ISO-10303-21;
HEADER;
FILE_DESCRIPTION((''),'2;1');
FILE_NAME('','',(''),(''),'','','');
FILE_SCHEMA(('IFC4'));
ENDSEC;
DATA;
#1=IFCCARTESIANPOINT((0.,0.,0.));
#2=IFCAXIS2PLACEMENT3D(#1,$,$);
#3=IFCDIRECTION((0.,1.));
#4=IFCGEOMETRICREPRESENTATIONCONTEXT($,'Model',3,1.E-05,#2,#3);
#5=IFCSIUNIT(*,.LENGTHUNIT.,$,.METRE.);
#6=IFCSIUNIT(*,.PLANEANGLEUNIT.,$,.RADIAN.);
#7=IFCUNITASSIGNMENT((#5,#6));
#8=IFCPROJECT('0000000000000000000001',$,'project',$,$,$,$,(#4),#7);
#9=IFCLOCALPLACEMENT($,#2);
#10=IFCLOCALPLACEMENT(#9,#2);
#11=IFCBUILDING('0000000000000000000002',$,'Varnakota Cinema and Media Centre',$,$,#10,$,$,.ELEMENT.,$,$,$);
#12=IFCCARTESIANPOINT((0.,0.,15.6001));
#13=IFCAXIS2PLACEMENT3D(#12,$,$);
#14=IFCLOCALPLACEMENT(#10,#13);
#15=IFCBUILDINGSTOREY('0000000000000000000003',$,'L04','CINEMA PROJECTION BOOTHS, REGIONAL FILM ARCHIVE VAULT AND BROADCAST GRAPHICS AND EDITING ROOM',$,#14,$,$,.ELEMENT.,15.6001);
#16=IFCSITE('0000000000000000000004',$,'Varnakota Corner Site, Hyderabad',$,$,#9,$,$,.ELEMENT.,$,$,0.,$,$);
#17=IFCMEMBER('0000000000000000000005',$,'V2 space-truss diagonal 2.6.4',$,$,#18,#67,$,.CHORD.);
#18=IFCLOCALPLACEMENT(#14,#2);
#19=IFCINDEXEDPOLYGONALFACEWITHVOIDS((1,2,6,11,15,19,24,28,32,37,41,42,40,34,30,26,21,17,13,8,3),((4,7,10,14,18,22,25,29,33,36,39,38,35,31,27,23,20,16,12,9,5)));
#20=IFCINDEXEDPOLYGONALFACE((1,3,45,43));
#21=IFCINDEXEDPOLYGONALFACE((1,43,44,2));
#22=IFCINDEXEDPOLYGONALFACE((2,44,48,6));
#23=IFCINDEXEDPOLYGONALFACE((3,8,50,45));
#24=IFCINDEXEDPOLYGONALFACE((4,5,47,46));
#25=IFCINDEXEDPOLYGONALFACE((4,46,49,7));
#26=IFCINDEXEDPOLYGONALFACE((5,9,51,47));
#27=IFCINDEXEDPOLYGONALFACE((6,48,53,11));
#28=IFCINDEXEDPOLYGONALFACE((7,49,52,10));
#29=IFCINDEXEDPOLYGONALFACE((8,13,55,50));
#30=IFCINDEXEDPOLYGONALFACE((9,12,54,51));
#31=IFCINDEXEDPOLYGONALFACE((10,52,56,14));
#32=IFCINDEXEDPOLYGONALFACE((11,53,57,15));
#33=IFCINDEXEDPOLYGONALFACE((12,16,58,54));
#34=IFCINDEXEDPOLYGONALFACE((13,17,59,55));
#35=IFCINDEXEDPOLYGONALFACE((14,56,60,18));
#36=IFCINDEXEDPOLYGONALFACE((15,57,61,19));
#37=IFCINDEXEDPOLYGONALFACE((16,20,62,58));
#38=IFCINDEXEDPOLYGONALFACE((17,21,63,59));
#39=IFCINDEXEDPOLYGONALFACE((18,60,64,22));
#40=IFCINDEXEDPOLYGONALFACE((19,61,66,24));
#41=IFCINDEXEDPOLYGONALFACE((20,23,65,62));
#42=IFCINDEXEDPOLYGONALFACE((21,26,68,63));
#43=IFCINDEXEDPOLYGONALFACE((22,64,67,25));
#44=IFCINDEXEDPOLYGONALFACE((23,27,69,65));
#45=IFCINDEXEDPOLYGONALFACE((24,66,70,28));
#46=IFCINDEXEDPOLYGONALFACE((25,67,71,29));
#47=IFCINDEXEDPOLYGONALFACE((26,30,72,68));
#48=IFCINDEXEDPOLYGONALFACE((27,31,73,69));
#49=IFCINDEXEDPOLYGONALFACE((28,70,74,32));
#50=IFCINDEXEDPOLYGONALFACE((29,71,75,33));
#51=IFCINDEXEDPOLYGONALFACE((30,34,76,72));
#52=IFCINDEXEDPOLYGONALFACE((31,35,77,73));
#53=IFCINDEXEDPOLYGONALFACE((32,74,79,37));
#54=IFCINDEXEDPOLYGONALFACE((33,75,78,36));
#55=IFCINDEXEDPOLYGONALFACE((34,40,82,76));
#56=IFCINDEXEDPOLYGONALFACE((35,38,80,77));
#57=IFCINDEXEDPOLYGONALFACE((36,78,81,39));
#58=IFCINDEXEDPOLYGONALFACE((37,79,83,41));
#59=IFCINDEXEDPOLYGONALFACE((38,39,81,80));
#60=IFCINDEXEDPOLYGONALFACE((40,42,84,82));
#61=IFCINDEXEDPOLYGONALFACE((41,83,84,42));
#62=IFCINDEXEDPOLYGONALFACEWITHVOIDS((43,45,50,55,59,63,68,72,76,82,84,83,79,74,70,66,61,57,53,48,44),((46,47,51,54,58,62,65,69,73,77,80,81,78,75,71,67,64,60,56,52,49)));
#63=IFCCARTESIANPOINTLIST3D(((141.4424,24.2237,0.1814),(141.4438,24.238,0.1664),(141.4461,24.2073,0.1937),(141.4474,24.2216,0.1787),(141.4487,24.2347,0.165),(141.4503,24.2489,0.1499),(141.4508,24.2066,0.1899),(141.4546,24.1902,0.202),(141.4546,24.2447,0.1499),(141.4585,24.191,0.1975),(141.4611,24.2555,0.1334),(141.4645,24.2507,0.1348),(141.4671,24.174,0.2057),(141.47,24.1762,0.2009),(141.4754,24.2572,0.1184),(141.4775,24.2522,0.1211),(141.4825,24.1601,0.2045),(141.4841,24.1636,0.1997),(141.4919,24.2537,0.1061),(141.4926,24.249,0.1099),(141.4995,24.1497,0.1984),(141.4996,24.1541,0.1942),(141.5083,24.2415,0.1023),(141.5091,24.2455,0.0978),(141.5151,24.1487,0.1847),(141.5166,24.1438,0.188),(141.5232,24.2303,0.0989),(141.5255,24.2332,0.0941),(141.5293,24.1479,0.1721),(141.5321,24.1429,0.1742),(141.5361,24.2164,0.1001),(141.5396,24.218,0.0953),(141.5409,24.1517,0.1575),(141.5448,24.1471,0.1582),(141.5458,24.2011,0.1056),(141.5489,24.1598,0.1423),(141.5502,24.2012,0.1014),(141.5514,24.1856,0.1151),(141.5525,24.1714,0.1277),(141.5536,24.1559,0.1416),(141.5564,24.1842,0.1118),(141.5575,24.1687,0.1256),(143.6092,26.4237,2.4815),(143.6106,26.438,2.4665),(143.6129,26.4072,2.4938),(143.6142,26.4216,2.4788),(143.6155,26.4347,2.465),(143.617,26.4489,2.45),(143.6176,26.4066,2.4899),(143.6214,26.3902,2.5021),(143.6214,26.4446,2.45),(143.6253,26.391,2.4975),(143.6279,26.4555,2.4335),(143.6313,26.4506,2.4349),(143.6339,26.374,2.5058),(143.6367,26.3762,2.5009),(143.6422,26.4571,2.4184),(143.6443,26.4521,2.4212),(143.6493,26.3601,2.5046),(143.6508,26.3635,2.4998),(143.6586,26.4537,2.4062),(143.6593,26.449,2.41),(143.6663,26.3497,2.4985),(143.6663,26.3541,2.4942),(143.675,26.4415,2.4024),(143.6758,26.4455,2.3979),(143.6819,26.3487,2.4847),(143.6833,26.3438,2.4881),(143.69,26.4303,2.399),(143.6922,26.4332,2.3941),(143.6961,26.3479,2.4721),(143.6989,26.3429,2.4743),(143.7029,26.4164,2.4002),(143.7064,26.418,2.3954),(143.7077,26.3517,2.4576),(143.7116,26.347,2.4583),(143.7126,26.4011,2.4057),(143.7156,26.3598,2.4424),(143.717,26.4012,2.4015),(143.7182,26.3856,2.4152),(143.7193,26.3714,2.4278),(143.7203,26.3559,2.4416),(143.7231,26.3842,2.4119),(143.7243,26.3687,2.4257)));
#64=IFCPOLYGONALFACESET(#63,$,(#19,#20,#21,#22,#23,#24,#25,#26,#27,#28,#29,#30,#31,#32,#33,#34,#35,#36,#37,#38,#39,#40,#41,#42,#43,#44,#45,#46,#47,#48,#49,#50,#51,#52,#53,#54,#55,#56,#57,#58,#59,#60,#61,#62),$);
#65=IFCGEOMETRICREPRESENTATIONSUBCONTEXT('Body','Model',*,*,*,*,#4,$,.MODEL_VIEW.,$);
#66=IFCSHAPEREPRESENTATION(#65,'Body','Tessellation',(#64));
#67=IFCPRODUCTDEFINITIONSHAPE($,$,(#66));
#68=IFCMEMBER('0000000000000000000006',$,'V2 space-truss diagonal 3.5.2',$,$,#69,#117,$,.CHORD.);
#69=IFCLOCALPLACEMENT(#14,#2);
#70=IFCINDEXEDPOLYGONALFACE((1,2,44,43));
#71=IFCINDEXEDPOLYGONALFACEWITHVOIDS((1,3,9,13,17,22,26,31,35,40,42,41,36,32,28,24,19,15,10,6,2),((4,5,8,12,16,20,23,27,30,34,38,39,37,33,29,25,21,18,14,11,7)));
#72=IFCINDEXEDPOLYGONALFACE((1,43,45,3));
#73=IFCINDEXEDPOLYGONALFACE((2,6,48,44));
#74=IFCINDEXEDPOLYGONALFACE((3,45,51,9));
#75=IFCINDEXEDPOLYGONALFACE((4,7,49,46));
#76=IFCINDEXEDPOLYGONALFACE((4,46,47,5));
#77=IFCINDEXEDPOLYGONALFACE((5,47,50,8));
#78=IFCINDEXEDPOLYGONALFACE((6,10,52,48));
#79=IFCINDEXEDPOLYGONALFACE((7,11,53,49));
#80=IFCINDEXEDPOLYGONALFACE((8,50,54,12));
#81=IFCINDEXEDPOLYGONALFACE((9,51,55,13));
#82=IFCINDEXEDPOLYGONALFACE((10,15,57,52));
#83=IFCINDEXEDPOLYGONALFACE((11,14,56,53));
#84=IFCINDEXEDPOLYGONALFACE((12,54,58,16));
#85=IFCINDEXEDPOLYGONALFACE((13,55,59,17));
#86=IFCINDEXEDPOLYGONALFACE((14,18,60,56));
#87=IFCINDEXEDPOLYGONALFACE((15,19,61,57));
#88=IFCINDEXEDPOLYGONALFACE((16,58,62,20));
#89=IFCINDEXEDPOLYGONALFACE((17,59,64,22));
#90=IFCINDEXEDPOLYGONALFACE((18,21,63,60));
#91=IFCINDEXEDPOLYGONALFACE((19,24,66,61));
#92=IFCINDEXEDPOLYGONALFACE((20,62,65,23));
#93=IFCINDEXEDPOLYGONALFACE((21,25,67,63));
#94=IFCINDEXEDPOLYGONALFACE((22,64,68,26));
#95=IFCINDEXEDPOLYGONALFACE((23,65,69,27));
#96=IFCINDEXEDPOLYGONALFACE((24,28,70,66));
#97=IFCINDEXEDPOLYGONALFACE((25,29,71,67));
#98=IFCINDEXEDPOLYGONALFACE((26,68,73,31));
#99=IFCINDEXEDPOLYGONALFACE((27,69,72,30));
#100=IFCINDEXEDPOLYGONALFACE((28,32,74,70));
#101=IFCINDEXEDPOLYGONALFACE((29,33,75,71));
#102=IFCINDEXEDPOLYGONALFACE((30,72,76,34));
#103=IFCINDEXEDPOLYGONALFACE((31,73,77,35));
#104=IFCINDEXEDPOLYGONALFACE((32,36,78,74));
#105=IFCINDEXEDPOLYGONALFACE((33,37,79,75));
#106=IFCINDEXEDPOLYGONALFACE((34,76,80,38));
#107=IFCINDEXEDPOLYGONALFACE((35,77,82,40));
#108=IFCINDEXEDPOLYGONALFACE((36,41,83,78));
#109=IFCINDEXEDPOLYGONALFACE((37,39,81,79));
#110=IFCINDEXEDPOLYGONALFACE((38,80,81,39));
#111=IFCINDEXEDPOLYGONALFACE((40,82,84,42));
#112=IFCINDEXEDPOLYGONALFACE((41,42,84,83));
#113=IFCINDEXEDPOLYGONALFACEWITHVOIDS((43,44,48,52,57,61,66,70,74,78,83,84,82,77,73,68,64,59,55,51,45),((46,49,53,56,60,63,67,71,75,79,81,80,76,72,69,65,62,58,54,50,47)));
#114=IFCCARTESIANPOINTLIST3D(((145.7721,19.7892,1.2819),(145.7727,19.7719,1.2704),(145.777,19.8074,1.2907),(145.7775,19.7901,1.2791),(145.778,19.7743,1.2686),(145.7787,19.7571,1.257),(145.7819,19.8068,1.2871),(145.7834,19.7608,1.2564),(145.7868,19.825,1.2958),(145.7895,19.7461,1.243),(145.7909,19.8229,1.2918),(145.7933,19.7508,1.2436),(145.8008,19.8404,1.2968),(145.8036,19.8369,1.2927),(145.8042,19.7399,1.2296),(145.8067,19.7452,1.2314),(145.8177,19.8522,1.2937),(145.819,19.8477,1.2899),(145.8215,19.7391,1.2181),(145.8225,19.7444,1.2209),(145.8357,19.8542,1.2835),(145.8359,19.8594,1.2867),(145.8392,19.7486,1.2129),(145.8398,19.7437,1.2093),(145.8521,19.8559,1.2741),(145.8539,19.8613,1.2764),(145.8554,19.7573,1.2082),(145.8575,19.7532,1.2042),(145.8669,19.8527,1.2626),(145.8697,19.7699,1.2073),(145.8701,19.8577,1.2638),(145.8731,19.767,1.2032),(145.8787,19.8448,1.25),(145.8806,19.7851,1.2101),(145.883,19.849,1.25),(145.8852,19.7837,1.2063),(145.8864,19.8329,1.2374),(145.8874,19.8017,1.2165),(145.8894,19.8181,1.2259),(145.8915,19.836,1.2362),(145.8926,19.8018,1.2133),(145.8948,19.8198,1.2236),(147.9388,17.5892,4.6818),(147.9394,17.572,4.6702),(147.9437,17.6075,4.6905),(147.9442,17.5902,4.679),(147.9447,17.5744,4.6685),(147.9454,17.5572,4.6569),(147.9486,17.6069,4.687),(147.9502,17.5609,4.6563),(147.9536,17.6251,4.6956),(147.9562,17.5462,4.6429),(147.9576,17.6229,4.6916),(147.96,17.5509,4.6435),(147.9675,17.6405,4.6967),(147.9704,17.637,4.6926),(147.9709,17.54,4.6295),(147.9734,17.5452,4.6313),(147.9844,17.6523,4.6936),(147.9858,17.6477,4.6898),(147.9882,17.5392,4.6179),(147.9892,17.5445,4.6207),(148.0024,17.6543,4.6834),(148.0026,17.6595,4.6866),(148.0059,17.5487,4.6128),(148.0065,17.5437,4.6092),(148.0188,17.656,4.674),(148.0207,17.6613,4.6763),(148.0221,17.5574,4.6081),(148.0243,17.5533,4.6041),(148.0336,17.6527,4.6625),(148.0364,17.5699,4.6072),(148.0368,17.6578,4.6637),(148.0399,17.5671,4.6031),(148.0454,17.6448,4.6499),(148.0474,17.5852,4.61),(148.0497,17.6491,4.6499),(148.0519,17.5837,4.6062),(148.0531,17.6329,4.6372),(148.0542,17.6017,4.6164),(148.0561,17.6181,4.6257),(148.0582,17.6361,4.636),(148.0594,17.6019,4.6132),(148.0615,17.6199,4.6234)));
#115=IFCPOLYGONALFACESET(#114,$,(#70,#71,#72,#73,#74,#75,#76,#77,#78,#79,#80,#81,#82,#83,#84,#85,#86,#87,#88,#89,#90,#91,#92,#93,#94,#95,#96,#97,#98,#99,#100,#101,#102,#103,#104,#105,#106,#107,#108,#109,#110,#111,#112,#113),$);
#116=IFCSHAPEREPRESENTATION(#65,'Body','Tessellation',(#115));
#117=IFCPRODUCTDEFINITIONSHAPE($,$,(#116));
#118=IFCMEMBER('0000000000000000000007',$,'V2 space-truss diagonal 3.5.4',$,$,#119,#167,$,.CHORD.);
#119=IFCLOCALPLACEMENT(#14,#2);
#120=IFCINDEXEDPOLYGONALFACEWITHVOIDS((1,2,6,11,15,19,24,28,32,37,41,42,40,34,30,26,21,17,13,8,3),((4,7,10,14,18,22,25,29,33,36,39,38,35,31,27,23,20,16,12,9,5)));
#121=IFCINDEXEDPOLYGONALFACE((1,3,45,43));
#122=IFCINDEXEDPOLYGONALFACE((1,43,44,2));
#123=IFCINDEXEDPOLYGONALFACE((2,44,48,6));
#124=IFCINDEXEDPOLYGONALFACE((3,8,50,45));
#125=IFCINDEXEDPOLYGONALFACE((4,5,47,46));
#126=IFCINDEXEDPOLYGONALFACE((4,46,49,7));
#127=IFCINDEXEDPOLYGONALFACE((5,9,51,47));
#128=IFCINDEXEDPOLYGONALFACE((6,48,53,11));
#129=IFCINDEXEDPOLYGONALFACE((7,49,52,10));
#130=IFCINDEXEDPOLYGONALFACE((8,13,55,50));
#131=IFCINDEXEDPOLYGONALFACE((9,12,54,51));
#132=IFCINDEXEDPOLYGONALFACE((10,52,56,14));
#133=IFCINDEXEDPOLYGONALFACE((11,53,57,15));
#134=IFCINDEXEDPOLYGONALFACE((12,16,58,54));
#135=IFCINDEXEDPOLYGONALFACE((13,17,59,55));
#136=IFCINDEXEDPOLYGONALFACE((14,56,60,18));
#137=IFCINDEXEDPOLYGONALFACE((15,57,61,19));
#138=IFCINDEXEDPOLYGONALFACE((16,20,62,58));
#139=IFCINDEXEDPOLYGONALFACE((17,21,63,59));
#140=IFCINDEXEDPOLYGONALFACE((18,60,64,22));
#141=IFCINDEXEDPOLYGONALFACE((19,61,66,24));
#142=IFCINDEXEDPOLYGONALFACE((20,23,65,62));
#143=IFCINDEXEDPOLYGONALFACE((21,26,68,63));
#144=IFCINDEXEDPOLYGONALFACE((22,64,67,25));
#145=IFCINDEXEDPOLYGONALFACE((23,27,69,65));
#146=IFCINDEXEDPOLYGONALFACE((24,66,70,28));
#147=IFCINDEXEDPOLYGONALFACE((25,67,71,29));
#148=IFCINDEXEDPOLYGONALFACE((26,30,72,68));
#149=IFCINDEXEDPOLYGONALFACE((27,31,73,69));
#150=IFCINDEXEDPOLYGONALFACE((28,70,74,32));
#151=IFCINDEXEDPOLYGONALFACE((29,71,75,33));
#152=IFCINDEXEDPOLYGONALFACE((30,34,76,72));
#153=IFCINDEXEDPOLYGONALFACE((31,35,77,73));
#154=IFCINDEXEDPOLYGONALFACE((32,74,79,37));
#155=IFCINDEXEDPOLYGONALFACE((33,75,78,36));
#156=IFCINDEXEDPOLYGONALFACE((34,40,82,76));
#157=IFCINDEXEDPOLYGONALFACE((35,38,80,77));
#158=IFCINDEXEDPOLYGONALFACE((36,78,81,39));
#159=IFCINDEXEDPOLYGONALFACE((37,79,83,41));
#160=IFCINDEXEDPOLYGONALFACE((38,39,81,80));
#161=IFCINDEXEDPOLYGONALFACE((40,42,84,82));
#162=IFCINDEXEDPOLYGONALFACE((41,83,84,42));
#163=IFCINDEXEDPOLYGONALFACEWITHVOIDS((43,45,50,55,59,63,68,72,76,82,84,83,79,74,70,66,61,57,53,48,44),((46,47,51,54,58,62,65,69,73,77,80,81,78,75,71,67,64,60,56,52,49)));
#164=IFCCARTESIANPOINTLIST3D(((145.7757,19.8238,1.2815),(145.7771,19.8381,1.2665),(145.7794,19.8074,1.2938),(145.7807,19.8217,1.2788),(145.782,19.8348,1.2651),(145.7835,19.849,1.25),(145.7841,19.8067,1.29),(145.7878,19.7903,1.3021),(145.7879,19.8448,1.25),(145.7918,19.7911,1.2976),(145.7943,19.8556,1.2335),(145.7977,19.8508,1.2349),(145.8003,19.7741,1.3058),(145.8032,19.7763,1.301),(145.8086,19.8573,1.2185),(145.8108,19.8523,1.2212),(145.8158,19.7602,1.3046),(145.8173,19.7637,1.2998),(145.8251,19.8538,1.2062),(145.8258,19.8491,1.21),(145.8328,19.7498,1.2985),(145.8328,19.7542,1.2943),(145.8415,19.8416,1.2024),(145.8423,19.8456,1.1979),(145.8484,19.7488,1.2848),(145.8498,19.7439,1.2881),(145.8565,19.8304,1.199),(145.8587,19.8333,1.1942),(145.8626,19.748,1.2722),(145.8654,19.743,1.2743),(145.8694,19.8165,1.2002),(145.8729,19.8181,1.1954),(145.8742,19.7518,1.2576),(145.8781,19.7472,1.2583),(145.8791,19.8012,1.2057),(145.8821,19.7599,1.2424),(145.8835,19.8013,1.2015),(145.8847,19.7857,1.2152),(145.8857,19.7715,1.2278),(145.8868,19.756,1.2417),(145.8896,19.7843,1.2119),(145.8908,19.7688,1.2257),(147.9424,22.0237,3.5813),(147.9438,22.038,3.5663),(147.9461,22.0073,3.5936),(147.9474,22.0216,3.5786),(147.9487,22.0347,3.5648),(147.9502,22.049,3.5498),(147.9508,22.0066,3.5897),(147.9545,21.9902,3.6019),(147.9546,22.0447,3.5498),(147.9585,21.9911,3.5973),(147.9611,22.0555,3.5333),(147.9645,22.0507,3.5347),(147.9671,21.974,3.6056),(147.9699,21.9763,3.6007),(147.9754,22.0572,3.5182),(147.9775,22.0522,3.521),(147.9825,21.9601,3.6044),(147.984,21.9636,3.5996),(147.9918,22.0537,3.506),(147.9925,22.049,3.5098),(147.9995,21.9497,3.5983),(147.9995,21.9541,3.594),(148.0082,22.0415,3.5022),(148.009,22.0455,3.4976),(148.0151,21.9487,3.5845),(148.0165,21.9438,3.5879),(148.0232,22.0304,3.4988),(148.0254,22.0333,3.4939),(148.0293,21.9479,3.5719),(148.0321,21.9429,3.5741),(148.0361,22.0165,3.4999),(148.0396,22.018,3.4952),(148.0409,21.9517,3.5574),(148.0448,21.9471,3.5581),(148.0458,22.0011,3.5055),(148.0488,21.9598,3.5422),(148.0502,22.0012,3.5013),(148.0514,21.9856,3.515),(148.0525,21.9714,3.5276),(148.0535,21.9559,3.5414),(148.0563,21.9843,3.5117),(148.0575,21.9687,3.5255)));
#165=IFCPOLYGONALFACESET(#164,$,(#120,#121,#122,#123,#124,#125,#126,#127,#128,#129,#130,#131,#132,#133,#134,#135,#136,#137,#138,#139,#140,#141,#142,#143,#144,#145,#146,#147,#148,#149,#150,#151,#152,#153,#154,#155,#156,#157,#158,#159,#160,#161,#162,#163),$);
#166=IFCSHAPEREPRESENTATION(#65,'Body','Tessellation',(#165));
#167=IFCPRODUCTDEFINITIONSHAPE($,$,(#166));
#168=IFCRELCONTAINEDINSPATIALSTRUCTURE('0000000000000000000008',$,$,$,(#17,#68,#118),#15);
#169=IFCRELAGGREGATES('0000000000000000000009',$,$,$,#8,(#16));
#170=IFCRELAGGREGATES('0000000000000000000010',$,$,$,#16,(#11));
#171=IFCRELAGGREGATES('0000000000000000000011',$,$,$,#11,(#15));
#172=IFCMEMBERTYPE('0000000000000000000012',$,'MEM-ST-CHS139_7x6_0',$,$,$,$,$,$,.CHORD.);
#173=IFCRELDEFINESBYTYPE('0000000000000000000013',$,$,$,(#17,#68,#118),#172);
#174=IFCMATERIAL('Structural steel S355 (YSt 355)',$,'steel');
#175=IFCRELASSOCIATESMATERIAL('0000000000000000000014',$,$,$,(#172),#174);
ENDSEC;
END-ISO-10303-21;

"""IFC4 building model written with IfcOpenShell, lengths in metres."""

from ifc_helpers import new_model, si_unit, direction, frame, origin, origin_2d, place, context, subcontext, project, spatial, hollow_circle, extrude, material, material_profile, profile_set, type_object, element, save


model = new_model("IFC4")

# Units and contexts
model_context = context("Model", 3, precision=1e-05, world=origin(), true_north=direction((0.0, 1.0)))
body_context = subcontext(model_context, "Body", "Model", "MODEL_VIEW")
ifc_project = project(units=[si_unit("LENGTHUNIT", "METRE"), si_unit("PLANEANGLEUNIT", "RADIAN")], contexts=[model_context])

# Site, building, storey
site_placement = place(None, origin())
site = spatial("IfcSite", under=ifc_project, at=site_placement, Name="Varnakota Corner Site, Hyderabad", CompositionType="ELEMENT", RefElevation=0.0)
building_placement = place(site_placement, origin())
building = spatial("IfcBuilding", under=site, at=building_placement, Name="Varnakota Cinema and Media Centre", CompositionType="ELEMENT")
storey_placement = place(building_placement, frame((0.0, 0.0, 15.6001)))
storey = spatial("IfcBuildingStorey", under=building, at=storey_placement, Name="L04", Description="CINEMA PROJECTION BOOTHS, REGIONAL FILM ARCHIVE VAULT AND BROADCAST GRAPHICS AND EDITING ROOM", CompositionType="ELEMENT", Elevation=15.6001)

# Members
ifc_material_1 = material(Name="Structural steel S355 (YSt 355)", Category="steel")
ifc_material_profile_1 = material_profile(ifc_material_1, hollow_circle(Radius=0.0698, WallThickness=0.0061, at=origin_2d()), Name="CHS 139.7x6.0")
ifc_profile_set_1 = profile_set([ifc_material_profile_1], Name="Structural steel S355 (YSt 355)")
member_type_1 = type_object("IfcMemberType", Name="MEM-ST-CHS139_7x6_0", PredefinedType="CHORD", material=ifc_profile_set_1)
member_1_placement = place(storey_placement, frame((141.5, 24.2, 0.1499), z_axis=(0.562748, 0.571371, 0.597369), x_axis=(-0.712463, 0.70171, 0.0)))
element("IfcMember", 1, at=member_1_placement, inside=storey, type_object=member_type_1, Name="V2 space-truss diagonal 2.6.4", PredefinedType="CHORD", context=body_context, shape_type="SweptSolid", body=[
    extrude(hollow_circle(Radius=0.0698, WallThickness=0.0061, at=origin_2d()), origin(), (0.0, 0.0, 1.0), 3.8503),
])
member_2_placement = place(storey_placement, frame((145.8333, 19.8, 1.25), z_axis=(0.471769, -0.478999, 0.740266), x_axis=(0.712463, 0.70171, 0.0)))
element("IfcMember", 2, at=member_2_placement, inside=storey, type_object=member_type_1, Name="V2 space-truss diagonal 3.5.2", PredefinedType="CHORD", context=body_context, shape_type="SweptSolid", body=[
    extrude(hollow_circle(Radius=0.0698, WallThickness=0.0061, at=origin_2d()), origin(), (0.0, 0.0, 1.0), 4.5928),
])
member_3_placement = place(storey_placement, frame((145.8333, 19.8, 1.25), z_axis=(0.562769, 0.571393, 0.597328), x_axis=(-0.712463, 0.70171, 0.0)))
element("IfcMember", 3, at=member_3_placement, inside=storey, type_object=member_type_1, Name="V2 space-truss diagonal 3.5.4", PredefinedType="CHORD", context=body_context, shape_type="SweptSolid", body=[
    extrude(hollow_circle(Radius=0.0698, WallThickness=0.0061, at=origin_2d()), origin(), (0.0, 0.0, 1.0), 3.8501),
])

save(model, "model.ifc")
